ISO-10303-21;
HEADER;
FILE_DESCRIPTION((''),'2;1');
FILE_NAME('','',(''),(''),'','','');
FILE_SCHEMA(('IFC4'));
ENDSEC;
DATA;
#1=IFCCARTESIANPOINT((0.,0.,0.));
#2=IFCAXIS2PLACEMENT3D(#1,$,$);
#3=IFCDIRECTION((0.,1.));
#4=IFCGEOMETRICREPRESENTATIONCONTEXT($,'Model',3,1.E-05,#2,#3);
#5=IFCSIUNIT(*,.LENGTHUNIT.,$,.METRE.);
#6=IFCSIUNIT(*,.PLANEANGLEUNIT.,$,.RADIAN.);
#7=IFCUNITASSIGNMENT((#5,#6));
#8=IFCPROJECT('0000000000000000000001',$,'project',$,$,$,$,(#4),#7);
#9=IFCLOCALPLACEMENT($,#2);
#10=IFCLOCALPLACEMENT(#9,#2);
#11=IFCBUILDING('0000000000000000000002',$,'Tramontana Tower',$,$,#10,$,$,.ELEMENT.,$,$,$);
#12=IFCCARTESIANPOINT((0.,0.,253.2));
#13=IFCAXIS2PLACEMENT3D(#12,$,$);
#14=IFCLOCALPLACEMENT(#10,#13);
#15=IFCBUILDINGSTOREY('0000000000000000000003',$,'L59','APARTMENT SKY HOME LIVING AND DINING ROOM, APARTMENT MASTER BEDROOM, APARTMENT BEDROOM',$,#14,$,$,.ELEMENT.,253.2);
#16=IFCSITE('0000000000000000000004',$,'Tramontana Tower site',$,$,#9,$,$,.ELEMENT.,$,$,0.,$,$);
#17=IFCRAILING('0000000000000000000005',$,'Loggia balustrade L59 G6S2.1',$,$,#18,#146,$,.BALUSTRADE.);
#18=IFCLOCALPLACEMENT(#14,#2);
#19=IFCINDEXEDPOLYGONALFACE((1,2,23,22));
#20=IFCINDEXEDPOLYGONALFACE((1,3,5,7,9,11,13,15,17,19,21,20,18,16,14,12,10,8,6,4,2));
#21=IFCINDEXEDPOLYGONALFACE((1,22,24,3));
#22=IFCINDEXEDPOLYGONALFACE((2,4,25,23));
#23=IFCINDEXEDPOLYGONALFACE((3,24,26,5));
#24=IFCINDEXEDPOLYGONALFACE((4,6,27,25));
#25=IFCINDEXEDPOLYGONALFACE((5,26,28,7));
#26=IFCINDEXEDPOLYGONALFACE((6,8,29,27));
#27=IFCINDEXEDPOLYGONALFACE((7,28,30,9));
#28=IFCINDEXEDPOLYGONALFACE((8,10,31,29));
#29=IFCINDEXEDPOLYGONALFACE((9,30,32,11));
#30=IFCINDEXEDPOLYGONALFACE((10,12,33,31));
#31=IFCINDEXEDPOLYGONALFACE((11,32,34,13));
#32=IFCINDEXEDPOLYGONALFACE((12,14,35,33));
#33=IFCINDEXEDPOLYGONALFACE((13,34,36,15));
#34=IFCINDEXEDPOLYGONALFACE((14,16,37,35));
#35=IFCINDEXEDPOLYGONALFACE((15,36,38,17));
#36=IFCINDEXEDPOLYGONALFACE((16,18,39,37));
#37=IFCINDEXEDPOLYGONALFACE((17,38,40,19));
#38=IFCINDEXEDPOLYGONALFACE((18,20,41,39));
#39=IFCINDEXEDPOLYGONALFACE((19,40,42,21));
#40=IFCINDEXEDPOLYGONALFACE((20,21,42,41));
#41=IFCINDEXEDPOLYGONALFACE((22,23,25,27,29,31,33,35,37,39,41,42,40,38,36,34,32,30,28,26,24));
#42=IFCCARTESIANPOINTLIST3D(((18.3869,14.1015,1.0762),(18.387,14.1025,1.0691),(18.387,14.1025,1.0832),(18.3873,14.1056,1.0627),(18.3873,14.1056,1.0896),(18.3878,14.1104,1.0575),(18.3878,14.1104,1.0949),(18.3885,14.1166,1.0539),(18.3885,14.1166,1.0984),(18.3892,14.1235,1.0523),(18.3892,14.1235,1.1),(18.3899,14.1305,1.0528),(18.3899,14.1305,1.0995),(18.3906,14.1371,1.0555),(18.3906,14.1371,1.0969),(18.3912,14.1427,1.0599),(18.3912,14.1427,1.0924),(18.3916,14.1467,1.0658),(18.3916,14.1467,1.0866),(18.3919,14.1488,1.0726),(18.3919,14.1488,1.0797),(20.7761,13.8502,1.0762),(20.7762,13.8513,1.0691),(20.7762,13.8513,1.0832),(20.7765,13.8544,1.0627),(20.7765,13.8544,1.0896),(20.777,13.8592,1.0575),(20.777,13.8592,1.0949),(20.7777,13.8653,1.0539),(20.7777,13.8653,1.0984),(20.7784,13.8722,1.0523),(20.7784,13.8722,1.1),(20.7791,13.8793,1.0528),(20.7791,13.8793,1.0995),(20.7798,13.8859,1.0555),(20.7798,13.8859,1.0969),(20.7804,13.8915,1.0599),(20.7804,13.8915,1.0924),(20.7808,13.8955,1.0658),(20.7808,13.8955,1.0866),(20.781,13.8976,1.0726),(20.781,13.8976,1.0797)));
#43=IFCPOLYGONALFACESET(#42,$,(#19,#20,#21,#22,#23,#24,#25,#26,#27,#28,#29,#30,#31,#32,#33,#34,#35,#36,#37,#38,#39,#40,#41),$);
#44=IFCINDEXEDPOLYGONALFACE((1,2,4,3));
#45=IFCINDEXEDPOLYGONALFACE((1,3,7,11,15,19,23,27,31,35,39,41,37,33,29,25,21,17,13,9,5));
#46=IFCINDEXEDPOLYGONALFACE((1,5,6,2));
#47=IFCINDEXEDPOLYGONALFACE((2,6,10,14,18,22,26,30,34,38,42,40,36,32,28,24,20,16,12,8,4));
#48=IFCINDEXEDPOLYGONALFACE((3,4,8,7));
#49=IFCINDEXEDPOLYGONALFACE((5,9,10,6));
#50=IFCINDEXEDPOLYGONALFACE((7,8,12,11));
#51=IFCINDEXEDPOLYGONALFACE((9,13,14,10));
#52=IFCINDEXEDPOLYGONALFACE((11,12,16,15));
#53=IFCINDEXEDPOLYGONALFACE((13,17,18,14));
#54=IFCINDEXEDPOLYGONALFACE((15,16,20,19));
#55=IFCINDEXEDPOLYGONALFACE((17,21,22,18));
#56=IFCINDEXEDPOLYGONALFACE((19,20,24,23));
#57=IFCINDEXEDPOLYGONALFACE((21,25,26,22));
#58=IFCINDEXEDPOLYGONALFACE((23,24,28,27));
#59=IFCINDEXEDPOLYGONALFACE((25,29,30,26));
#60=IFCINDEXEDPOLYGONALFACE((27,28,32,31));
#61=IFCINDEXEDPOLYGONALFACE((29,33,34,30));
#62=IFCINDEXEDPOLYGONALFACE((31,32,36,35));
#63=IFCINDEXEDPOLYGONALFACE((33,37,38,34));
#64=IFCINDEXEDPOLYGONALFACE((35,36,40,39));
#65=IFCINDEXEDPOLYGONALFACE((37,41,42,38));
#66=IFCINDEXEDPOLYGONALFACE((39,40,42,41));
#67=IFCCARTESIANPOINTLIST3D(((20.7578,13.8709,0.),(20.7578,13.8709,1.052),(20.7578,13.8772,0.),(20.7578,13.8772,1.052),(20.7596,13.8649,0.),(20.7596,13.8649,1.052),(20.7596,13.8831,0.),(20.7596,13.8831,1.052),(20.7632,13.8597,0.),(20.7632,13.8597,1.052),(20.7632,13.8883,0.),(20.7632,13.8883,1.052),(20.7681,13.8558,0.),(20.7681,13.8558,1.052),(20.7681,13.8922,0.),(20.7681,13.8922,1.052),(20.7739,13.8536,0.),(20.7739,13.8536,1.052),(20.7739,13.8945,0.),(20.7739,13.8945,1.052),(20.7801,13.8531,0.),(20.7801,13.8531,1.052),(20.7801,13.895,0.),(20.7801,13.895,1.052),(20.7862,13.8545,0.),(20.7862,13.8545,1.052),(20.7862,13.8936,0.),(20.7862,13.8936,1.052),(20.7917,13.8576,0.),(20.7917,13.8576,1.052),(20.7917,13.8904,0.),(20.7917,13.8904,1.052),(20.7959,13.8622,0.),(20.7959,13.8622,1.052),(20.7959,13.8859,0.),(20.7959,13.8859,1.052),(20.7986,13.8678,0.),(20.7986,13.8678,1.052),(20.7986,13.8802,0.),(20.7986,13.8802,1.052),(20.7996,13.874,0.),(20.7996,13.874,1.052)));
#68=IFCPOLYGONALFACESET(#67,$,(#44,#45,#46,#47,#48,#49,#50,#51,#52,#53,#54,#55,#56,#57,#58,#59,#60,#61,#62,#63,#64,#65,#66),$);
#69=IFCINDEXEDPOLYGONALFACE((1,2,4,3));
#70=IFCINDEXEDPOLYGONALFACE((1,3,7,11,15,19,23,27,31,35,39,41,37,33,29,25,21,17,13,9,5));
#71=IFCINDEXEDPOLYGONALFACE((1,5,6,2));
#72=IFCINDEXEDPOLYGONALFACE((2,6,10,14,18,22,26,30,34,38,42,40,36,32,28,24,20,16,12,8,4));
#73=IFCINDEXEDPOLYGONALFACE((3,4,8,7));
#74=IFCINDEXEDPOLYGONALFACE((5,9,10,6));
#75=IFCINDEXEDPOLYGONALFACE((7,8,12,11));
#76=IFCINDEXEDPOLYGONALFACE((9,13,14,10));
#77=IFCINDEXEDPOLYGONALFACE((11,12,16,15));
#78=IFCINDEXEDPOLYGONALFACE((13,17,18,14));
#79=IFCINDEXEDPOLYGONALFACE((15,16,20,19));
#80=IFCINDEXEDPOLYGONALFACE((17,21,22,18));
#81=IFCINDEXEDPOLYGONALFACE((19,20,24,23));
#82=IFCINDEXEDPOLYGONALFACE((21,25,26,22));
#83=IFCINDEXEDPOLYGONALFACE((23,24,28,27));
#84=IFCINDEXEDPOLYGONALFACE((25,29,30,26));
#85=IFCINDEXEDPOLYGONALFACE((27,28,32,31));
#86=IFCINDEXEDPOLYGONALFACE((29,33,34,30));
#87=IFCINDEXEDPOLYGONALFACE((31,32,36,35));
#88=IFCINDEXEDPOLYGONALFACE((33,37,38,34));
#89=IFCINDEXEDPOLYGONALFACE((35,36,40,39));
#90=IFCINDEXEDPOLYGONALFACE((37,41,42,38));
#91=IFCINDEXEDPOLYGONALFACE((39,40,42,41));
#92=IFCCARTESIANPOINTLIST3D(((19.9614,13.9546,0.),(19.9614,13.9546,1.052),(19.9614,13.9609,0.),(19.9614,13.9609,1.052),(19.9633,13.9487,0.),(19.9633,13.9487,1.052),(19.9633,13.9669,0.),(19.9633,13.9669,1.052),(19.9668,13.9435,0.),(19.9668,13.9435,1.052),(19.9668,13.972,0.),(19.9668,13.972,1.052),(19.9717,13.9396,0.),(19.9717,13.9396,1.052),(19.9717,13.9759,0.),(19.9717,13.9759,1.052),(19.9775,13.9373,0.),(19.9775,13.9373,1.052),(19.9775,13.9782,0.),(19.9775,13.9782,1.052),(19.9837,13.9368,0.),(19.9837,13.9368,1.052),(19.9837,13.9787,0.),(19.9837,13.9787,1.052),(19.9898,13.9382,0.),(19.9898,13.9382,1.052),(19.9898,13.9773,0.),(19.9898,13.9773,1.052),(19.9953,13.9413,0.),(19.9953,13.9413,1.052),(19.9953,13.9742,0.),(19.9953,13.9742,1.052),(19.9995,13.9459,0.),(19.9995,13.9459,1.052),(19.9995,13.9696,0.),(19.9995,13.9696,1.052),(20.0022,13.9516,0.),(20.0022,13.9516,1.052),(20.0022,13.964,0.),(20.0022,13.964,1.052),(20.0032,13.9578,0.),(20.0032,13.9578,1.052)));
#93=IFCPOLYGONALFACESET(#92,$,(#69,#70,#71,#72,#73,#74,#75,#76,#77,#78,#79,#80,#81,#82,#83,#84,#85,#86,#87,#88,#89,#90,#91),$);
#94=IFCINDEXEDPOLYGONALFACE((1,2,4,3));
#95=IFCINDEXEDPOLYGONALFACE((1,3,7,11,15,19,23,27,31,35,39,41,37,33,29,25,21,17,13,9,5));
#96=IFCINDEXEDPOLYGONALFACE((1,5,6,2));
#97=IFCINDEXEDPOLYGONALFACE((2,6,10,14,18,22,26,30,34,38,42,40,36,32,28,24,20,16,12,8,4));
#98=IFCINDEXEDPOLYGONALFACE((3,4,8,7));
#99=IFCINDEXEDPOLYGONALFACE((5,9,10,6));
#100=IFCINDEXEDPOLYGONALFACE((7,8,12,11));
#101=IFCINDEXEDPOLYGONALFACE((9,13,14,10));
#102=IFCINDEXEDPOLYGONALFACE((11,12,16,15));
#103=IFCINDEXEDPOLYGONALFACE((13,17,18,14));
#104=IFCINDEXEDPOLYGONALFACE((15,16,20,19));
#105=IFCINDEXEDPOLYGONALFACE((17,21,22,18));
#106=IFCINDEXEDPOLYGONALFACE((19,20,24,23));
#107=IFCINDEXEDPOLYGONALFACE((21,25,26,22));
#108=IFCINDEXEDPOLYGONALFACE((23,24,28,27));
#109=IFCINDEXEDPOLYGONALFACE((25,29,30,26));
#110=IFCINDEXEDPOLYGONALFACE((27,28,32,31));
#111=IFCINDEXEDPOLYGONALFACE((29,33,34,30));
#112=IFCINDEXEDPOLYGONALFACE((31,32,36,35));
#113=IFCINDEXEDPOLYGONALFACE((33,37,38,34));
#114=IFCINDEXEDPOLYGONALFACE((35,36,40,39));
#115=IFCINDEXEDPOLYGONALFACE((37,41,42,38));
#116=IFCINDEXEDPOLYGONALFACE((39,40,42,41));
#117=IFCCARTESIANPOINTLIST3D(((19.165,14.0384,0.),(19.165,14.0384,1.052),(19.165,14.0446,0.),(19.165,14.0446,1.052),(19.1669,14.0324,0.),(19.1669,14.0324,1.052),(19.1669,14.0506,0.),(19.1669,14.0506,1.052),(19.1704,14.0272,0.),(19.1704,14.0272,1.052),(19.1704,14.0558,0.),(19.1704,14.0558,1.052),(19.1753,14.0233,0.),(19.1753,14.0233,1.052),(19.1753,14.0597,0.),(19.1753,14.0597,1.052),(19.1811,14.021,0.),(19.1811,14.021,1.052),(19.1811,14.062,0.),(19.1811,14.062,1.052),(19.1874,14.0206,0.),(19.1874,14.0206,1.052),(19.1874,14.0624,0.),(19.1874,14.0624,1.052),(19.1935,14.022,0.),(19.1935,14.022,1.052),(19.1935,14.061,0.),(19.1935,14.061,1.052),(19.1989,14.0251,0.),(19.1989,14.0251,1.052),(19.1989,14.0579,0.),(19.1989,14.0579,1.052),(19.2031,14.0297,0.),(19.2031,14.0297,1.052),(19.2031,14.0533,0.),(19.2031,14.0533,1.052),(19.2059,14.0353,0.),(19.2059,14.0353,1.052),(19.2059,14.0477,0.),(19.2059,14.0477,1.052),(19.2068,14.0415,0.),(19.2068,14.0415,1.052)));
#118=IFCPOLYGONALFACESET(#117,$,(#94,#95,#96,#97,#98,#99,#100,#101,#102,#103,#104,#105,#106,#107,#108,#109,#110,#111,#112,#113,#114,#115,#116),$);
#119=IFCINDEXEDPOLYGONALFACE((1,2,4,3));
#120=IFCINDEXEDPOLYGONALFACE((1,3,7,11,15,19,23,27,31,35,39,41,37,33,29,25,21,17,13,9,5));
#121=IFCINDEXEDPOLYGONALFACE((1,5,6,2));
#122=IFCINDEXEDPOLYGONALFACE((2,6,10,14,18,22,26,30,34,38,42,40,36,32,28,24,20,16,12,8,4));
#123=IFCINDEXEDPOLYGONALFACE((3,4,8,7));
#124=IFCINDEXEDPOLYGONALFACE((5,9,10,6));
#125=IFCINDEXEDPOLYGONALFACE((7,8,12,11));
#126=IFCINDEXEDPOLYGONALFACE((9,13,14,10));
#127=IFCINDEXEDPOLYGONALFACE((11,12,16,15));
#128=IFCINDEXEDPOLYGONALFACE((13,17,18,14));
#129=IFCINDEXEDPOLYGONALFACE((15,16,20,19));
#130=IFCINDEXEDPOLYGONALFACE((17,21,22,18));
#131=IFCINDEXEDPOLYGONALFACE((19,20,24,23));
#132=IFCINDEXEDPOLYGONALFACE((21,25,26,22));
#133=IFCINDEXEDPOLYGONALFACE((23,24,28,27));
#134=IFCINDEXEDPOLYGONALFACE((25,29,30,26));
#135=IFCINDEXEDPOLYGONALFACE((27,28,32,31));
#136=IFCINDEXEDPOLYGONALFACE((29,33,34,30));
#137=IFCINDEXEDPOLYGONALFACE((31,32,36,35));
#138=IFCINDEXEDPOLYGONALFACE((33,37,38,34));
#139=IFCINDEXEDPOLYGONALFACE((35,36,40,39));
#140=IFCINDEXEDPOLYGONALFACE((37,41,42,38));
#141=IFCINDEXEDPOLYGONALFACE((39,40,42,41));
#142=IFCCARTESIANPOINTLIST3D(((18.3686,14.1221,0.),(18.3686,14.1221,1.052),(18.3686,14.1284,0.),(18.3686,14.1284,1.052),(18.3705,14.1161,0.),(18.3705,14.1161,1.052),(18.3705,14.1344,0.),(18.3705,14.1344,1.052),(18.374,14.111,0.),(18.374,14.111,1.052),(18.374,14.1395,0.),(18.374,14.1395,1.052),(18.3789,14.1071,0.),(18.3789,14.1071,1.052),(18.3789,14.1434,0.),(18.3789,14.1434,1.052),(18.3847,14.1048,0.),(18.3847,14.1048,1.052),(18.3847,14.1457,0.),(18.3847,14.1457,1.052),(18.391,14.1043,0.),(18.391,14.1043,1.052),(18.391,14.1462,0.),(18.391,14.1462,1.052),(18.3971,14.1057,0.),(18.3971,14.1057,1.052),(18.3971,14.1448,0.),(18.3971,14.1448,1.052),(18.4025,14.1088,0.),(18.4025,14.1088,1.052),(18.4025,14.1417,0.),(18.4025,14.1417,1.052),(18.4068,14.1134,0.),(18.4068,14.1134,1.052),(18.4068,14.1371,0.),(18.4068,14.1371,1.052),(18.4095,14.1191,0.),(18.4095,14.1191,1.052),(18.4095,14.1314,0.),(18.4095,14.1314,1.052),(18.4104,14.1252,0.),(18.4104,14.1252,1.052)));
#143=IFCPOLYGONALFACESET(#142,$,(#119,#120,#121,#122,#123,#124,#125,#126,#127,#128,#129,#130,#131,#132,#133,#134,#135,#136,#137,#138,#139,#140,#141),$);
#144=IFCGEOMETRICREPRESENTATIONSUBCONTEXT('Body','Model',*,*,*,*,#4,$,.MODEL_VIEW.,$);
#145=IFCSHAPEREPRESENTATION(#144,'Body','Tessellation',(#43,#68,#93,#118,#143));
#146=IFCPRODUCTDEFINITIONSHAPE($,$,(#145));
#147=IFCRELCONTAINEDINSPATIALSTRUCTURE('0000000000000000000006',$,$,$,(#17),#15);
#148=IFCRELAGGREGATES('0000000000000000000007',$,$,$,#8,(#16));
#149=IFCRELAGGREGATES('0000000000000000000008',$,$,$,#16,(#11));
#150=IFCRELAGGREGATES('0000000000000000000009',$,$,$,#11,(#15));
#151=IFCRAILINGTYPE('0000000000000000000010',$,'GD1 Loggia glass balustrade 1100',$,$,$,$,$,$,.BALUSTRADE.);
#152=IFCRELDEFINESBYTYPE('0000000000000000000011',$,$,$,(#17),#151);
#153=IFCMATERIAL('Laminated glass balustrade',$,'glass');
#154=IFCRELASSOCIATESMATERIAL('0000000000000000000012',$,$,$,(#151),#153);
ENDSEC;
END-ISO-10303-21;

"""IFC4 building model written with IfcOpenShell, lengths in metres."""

from ifc_helpers import new_model, si_unit, direction, frame, origin, origin_2d, place, context, subcontext, project, spatial, circle, extrude, material, type_object, element, save


model = new_model("IFC4")

# Units and contexts
model_context = context("Model", 3, precision=1e-05, world=origin(), true_north=direction((0.0, 1.0)))
body_context = subcontext(model_context, "Body", "Model", "MODEL_VIEW")
ifc_project = project(units=[si_unit("LENGTHUNIT", "METRE"), si_unit("PLANEANGLEUNIT", "RADIAN")], contexts=[model_context])

# Site, building, storey
site_placement = place(None, origin())
site = spatial("IfcSite", under=ifc_project, at=site_placement, Name="Tramontana Tower site", CompositionType="ELEMENT", RefElevation=0.0)
building_placement = place(site_placement, origin())
building = spatial("IfcBuilding", under=site, at=building_placement, Name="Tramontana Tower", CompositionType="ELEMENT")
storey_placement = place(building_placement, frame((0.0, 0.0, 253.2)))
storey = spatial("IfcBuildingStorey", under=building, at=storey_placement, Name="L59", Description="APARTMENT SKY HOME LIVING AND DINING ROOM, APARTMENT MASTER BEDROOM, APARTMENT BEDROOM", CompositionType="ELEMENT", Elevation=253.2)

# Railing
ifc_material_1 = material(Name="Laminated glass balustrade", Category="glass")
railing_type = type_object("IfcRailingType", Name="GD1 Loggia glass balustrade 1100", PredefinedType="BALUSTRADE", material=ifc_material_1)
railing_1_placement = place(storey_placement, frame((20.7786, 13.874, 0.0)))
element("IfcRailing", 1, at=railing_1_placement, inside=storey, type_object=railing_type, Name="Loggia balustrade L59 G6S2.1", PredefinedType="BALUSTRADE", context=body_context, shape_type="SweptSolid", body=[
    extrude(circle(Radius=0.0239, at=origin_2d()), frame((0.0, 0.0, 1.0762), z_axis=(-0.994517, 0.104574, 0.0), x_axis=(-0.104574, -0.994517, 0.0)), (0.0, 0.0, 1.0), 2.4023),
    extrude(circle(Radius=0.021, at=origin_2d()), origin(), (0.0, 0.0, 1.0), 1.052),
    extrude(circle(Radius=0.021, at=origin_2d()), frame((-0.7964, 0.0837, 0.0)), (0.0, 0.0, 1.0), 1.052),
    extrude(circle(Radius=0.021, at=origin_2d()), frame((-1.5928, 0.1675, 0.0)), (0.0, 0.0, 1.0), 1.052),
    extrude(circle(Radius=0.021, at=origin_2d()), frame((-2.3892, 0.2512, 0.0)), (0.0, 0.0, 1.0), 1.052),
])

save(model, "model.ifc")
